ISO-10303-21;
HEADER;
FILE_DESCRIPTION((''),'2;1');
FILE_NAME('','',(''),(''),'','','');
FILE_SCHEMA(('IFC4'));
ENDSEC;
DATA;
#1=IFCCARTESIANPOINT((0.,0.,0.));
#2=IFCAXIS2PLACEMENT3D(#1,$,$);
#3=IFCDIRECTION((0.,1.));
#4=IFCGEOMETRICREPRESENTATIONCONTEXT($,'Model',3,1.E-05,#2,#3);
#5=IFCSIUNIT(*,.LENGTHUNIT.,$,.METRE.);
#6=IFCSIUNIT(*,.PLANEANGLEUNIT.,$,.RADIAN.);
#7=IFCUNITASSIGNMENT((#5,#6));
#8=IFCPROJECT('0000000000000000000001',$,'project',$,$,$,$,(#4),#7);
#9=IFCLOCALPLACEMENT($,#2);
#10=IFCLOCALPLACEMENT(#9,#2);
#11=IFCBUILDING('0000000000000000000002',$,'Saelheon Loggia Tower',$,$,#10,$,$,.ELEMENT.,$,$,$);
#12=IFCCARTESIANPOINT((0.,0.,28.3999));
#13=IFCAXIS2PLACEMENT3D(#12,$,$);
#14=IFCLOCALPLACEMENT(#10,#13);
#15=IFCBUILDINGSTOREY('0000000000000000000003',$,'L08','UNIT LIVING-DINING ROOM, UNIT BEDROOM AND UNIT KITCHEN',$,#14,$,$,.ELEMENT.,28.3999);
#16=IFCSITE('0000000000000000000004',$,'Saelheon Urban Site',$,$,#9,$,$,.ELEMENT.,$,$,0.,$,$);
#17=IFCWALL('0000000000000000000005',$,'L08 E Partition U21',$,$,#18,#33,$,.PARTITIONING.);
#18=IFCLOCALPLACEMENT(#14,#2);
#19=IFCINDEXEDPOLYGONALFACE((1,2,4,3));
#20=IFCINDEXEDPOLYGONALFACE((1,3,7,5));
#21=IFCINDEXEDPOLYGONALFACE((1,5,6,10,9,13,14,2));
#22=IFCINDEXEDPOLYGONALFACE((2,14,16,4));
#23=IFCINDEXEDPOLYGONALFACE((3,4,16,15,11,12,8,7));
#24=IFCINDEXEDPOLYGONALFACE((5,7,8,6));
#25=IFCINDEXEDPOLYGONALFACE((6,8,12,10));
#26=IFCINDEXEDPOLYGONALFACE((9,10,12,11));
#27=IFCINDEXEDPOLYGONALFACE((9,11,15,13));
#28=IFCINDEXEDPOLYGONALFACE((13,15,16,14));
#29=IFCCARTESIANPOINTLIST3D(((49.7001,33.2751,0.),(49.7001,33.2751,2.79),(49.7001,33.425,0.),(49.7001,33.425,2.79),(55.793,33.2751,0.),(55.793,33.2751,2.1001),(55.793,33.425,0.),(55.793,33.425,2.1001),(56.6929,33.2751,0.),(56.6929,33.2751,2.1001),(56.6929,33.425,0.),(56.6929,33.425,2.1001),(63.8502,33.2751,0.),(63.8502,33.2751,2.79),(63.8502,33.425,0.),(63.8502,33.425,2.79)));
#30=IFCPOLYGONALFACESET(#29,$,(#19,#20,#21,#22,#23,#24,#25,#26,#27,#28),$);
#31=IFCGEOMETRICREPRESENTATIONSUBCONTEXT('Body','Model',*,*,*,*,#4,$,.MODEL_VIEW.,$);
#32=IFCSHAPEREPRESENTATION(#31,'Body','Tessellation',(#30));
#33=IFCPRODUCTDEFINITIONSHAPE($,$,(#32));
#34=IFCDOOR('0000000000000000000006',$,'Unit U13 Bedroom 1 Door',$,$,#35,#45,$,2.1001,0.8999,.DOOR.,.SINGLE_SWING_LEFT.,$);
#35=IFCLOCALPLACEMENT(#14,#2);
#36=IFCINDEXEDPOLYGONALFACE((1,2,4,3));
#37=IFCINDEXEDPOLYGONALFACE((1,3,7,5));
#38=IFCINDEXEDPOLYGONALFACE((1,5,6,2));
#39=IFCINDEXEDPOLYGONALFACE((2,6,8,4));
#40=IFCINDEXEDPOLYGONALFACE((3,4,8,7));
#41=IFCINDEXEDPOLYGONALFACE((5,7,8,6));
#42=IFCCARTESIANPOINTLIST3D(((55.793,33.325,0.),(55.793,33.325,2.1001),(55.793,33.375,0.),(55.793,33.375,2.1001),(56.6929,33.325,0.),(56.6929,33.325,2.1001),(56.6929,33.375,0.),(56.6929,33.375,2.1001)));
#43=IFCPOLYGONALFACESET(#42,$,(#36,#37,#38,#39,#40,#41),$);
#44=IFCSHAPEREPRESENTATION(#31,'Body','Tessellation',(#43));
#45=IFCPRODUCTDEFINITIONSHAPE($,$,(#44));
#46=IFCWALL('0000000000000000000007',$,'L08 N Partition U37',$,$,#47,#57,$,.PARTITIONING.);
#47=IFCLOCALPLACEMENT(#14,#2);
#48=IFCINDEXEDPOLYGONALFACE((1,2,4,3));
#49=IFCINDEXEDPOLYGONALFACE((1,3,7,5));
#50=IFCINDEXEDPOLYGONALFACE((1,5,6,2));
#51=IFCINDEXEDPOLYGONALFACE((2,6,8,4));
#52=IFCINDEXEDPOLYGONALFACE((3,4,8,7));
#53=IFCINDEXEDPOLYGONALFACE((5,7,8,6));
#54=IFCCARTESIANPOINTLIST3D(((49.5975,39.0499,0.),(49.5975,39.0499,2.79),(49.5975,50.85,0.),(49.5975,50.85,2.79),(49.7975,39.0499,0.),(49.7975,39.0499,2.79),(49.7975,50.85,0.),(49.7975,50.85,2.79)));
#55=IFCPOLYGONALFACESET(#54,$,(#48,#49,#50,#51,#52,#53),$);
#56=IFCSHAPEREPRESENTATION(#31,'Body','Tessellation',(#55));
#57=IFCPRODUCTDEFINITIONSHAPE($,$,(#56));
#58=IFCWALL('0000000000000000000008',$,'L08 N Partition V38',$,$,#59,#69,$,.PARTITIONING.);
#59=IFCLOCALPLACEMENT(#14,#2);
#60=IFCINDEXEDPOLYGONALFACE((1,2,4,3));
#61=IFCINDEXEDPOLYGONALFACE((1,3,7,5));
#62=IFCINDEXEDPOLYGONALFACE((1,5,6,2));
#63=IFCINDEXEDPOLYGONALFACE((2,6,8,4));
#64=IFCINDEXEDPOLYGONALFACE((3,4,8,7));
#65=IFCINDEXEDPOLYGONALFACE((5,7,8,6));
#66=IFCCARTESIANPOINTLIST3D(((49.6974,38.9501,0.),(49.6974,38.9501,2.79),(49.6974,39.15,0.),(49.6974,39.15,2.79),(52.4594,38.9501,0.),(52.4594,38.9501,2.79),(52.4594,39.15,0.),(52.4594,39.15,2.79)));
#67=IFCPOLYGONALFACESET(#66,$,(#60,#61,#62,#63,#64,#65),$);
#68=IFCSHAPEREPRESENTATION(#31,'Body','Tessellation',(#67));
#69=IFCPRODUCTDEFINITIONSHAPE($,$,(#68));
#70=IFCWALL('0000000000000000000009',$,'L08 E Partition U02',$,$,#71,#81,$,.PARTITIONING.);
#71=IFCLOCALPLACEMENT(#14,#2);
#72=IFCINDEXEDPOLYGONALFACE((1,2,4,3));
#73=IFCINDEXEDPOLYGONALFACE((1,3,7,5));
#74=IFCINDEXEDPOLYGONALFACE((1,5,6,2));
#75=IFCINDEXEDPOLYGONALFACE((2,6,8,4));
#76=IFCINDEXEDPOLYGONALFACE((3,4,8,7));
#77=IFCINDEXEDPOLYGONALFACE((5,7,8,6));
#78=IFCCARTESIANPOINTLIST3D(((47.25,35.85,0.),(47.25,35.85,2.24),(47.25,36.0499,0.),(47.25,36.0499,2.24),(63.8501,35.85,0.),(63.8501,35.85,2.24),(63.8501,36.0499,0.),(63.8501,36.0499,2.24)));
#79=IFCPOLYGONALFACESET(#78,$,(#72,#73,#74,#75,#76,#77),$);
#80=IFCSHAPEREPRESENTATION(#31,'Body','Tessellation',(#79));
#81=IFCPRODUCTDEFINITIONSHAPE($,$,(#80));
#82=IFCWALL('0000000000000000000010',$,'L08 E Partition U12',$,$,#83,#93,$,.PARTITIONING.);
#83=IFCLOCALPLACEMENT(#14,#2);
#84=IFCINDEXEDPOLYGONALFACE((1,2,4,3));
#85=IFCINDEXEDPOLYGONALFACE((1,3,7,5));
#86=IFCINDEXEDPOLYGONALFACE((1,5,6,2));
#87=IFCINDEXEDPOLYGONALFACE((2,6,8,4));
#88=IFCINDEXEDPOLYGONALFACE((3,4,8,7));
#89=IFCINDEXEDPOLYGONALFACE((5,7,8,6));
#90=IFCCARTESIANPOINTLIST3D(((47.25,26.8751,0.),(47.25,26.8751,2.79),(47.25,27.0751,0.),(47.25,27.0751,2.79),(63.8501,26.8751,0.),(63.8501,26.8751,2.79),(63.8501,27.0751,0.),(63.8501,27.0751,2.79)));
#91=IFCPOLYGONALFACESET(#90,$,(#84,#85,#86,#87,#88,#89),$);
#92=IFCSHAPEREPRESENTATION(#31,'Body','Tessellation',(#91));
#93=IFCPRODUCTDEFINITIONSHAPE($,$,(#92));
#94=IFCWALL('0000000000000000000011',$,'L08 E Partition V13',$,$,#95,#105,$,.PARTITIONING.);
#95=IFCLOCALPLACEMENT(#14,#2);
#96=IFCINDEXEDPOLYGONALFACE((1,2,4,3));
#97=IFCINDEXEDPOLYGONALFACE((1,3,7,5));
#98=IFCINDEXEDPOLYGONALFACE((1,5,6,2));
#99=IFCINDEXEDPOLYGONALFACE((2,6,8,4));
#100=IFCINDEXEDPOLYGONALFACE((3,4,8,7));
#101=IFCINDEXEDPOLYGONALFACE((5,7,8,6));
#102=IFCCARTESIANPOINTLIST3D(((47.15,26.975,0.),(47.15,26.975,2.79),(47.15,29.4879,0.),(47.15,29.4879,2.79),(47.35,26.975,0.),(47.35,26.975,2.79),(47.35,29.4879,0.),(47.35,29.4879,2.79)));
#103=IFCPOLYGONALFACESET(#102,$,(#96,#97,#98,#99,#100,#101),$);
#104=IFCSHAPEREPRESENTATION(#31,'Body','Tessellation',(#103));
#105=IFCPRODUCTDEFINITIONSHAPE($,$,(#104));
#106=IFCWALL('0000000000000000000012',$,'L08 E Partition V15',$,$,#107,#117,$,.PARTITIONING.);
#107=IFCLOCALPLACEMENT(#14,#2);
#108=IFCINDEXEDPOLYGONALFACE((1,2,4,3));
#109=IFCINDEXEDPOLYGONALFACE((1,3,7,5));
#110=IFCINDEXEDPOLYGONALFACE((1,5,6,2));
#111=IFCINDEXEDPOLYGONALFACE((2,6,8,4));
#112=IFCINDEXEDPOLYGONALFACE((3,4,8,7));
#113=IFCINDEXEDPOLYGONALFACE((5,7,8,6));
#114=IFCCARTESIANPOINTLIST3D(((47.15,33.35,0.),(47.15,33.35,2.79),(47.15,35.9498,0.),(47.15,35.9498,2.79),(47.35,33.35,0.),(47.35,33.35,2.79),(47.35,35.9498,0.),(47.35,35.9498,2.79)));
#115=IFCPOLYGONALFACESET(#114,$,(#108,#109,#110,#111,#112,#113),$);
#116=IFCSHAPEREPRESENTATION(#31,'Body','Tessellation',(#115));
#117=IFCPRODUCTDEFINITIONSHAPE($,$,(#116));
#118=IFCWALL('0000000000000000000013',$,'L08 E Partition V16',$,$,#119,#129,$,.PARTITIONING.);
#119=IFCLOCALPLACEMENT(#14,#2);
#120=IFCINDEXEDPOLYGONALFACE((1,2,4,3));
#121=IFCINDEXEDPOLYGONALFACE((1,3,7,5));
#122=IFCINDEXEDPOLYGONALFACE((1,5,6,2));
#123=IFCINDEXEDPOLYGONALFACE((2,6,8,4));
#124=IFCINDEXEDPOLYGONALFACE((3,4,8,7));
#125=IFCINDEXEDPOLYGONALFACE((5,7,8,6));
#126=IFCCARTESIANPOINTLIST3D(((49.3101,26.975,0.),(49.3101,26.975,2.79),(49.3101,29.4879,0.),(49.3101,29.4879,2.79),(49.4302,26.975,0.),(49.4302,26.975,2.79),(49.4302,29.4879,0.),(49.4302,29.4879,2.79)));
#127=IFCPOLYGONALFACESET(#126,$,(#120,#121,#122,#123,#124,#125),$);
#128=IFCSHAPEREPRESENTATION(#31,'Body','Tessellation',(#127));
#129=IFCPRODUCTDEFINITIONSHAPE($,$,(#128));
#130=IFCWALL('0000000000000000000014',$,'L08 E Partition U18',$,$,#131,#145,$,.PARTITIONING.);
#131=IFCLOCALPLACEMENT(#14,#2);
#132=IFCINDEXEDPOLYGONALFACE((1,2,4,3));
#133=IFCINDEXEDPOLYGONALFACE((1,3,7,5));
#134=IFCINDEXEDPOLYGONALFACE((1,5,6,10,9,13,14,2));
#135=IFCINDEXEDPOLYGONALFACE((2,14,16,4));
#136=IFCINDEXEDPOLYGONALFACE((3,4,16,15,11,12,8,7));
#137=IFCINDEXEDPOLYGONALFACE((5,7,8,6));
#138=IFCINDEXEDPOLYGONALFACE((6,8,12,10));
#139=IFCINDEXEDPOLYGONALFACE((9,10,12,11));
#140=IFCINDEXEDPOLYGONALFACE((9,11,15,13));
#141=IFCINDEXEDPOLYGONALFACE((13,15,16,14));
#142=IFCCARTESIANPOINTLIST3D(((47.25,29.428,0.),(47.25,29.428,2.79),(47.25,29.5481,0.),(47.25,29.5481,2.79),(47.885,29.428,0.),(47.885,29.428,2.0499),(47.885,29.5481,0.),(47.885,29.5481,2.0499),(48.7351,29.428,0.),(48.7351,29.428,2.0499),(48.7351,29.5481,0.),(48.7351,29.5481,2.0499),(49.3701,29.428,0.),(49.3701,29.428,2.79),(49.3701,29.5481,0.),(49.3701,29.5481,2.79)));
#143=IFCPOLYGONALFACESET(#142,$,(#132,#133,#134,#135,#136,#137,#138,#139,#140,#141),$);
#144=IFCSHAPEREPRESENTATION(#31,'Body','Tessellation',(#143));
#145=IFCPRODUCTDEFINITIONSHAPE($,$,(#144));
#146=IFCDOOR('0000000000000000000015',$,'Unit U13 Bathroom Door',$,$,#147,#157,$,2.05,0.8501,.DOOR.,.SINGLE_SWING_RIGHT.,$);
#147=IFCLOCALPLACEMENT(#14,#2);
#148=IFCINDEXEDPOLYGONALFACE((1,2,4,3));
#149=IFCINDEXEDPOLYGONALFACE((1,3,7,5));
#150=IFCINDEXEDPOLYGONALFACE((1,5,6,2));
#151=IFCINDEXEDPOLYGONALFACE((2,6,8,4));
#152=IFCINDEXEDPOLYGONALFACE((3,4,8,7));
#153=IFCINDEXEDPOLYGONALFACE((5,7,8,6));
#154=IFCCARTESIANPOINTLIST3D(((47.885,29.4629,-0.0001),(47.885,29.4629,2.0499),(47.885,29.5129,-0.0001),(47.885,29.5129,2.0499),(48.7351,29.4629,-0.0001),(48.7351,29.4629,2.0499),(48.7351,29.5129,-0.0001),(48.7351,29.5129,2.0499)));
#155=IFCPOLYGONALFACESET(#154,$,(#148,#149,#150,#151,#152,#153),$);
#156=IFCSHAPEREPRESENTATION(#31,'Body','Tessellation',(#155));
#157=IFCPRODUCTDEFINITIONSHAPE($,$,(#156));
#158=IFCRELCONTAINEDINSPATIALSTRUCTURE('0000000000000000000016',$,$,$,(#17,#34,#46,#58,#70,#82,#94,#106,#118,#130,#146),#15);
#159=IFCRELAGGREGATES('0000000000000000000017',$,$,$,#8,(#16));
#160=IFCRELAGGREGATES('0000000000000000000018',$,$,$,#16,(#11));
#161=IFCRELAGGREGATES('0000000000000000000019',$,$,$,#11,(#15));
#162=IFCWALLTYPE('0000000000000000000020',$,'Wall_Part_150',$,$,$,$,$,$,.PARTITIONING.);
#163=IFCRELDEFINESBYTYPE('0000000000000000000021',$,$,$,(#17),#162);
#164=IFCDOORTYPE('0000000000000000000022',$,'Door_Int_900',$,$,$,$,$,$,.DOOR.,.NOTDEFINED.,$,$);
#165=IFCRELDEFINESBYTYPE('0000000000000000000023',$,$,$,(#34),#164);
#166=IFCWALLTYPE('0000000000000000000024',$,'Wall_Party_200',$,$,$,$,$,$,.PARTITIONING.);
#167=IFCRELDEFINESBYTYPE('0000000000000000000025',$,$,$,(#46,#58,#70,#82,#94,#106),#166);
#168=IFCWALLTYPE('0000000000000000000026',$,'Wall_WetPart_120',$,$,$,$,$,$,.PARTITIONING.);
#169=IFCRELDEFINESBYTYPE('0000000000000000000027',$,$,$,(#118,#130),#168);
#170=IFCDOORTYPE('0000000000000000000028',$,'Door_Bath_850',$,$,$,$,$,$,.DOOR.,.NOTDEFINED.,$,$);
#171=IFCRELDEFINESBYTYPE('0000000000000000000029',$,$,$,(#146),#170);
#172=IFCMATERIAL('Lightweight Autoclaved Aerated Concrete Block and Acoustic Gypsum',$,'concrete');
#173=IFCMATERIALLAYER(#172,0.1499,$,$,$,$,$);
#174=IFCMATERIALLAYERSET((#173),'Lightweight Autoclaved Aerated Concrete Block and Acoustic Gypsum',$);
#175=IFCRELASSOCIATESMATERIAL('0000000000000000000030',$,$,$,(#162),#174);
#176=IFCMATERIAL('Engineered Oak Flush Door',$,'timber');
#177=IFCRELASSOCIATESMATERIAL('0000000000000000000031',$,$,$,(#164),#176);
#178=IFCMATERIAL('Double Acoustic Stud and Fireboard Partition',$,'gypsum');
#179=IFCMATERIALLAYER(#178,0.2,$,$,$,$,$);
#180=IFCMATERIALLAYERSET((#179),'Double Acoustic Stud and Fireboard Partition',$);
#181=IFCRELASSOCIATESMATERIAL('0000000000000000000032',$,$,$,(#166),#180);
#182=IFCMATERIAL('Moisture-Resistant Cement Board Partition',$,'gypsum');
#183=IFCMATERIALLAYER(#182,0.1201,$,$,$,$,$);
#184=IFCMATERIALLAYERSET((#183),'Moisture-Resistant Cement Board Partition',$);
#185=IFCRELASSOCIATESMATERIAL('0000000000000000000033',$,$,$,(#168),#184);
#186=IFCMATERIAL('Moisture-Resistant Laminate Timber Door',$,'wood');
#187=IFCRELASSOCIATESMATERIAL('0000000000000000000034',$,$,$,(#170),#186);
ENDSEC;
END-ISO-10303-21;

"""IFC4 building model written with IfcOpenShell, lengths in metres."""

from ifc_helpers import new_model, si_unit, direction, frame, frame_2d, origin, place, context, subcontext, project, spatial, rectangle, extrude, source, transform, mapped, material, layer, layer_set, type_object, element, fill, save


model = new_model("IFC4")

# Units and contexts
model_context = context("Model", 3, precision=1e-05, world=origin(), true_north=direction((0.0, 1.0)))
body_context = subcontext(model_context, "Body", "Model", "MODEL_VIEW")
ifc_project = project(units=[si_unit("LENGTHUNIT", "METRE"), si_unit("PLANEANGLEUNIT", "RADIAN")], contexts=[model_context])

# Site, building, storey
site_placement = place(None, origin())
site = spatial("IfcSite", under=ifc_project, at=site_placement, Name="Saelheon Urban Site", CompositionType="ELEMENT", RefElevation=0.0)
building_placement = place(site_placement, origin())
building = spatial("IfcBuilding", under=site, at=building_placement, Name="Saelheon Loggia Tower", CompositionType="ELEMENT")
storey_placement = place(building_placement, frame((0.0, 0.0, 28.3999)))
storey = spatial("IfcBuildingStorey", under=building, at=storey_placement, Name="L08", Description="UNIT LIVING-DINING ROOM, UNIT BEDROOM AND UNIT KITCHEN", CompositionType="ELEMENT", Elevation=28.3999)

# Shared definitions
ifc_material_1 = material(Name="Lightweight Autoclaved Aerated Concrete Block and Acoustic Gypsum", Category="concrete")
ifc_layer_1 = layer(ifc_material_1, 0.1499)
ifc_layer_set_1 = layer_set([ifc_layer_1], Name="Lightweight Autoclaved Aerated Concrete Block and Acoustic Gypsum")
wall_type_1 = type_object("IfcWallType", Name="Wall_Part_150", PredefinedType="PARTITIONING", material=ifc_layer_set_1)
ifc_material_2 = material(Name="Engineered Oak Flush Door", Category="timber")
door_type_1 = type_object("IfcDoorType", Name="Door_Int_900", OperationType="NOTDEFINED", PredefinedType="DOOR", material=ifc_material_2)
shared_shape_1 = source(origin(), body_context, "Body", "SweptSolid", [
    extrude(rectangle(XDim=0.8999, YDim=2.1001, at=frame_2d((0.45, 1.05))), frame((0.0, 0.0249, 0.0), z_axis=(0.0, -1.0, 0.0), x_axis=(1.0, 0.0, 0.0)), (0.0, 0.0, 1.0), 0.05),
])

# Wall, opening, door
wall_1_placement = place(storey_placement, frame((49.7, 33.3501, 0.0), z_axis=(0.0, 0.0, 1.0), x_axis=(1.0, 0.0, 0.0)))
wall_1 = element("IfcWall", 1, at=wall_1_placement, inside=storey, type_object=wall_type_1, Name="L08 E Partition U21", PredefinedType="PARTITIONING", context=body_context, shape_type="SweptSolid", body=[
    extrude(rectangle(XDim=14.1501, YDim=0.1499, at=frame_2d((7.0752, 0.0))), origin(), (0.0, 0.0, 1.0), 2.79),
])
opening_1_placement = place(wall_1_placement, frame((6.093, 0.0, 0.0)))
opening_1 = element("IfcOpeningElement", 2, at=opening_1_placement, cuts=wall_1, PredefinedType="OPENING", context=body_context, shape_type="SweptSolid", body=[
    extrude(rectangle(XDim=0.8999, YDim=2.1001, at=frame_2d((0.45, 1.05))), frame((0.0, 0.0869, 0.0), z_axis=(0.0, -1.0, 0.0), x_axis=(1.0, 0.0, 0.0)), (0.0, 0.0, 1.0), 0.1738),
])
door_1_placement = place(opening_1_placement, origin())
door_1 = element("IfcDoor", 3, at=door_1_placement, inside=storey, type_object=door_type_1, Name="Unit U13 Bedroom 1 Door", OperationType="SINGLE_SWING_LEFT", OverallHeight=2.1001, OverallWidth=0.8999, PredefinedType="DOOR", context=body_context, shape_type="MappedRepresentation", body=[
    mapped(shared_shape_1, transform((0.0, 0.0, 0.0), scale=1.0)),
])
fill(opening_1, door_1)

# Walls
ifc_material_3 = material(Name="Double Acoustic Stud and Fireboard Partition", Category="gypsum")
ifc_layer_2 = layer(ifc_material_3, 0.2)
ifc_layer_set_2 = layer_set([ifc_layer_2], Name="Double Acoustic Stud and Fireboard Partition")
wall_type_2 = type_object("IfcWallType", Name="Wall_Party_200", PredefinedType="PARTITIONING", material=ifc_layer_set_2)
wall_2_placement = place(storey_placement, frame((49.6975, 39.05, 0.0), z_axis=(0.0, 0.0, 1.0), x_axis=(0.0, 1.0, 0.0)))
element("IfcWall", 4, at=wall_2_placement, inside=storey, type_object=wall_type_2, Name="L08 N Partition U37", PredefinedType="PARTITIONING", context=body_context, shape_type="SweptSolid", body=[
    extrude(rectangle(XDim=11.8, YDim=0.2, at=frame_2d((5.8999, 0.0))), origin(), (0.0, 0.0, 1.0), 2.79),
])
wall_3_placement = place(storey_placement, frame((49.6975, 39.05, 0.0), z_axis=(0.0, 0.0, 1.0), x_axis=(1.0, 0.0, 0.0)))
element("IfcWall", 5, at=wall_3_placement, inside=storey, type_object=wall_type_2, Name="L08 N Partition V38", PredefinedType="PARTITIONING", context=body_context, shape_type="SweptSolid", body=[
    extrude(rectangle(XDim=2.762, YDim=0.2, at=frame_2d((1.3809, 0.0))), origin(), (0.0, 0.0, 1.0), 2.79),
])
wall_4_placement = place(storey_placement, frame((47.25, 35.95, 0.0), z_axis=(0.0, 0.0, 1.0), x_axis=(1.0, 0.0, 0.0)))
element("IfcWall", 6, at=wall_4_placement, inside=storey, type_object=wall_type_2, Name="L08 E Partition U02", PredefinedType="PARTITIONING", context=body_context, shape_type="SweptSolid", body=[
    extrude(rectangle(XDim=16.6001, YDim=0.2, at=frame_2d((8.3, 0.0))), origin(), (0.0, 0.0, 1.0), 2.24),
])
wall_5_placement = place(storey_placement, frame((47.25, 26.9751, 0.0), z_axis=(0.0, 0.0, 1.0), x_axis=(1.0, 0.0, 0.0)))
element("IfcWall", 7, at=wall_5_placement, inside=storey, type_object=wall_type_2, Name="L08 E Partition U12", PredefinedType="PARTITIONING", context=body_context, shape_type="SweptSolid", body=[
    extrude(rectangle(XDim=16.6001, YDim=0.2, at=frame_2d((8.3, 0.0))), origin(), (0.0, 0.0, 1.0), 2.79),
])
wall_6_placement = place(storey_placement, frame((47.25, 26.9751, 0.0), z_axis=(0.0, 0.0, 1.0), x_axis=(0.0, 1.0, 0.0)))
element("IfcWall", 8, at=wall_6_placement, inside=storey, type_object=wall_type_2, Name="L08 E Partition V13", PredefinedType="PARTITIONING", context=body_context, shape_type="SweptSolid", body=[
    extrude(rectangle(XDim=2.5129, YDim=0.2, at=frame_2d((1.2563, 0.0))), origin(), (0.0, 0.0, 1.0), 2.79),
])

# Walls
wall_7_placement = place(storey_placement, frame((47.25, 33.3501, 0.0), z_axis=(0.0, 0.0, 1.0), x_axis=(0.0, 1.0, 0.0)))
element("IfcWall", 9, at=wall_7_placement, inside=storey, type_object=wall_type_2, Name="L08 E Partition V15", PredefinedType="PARTITIONING", context=body_context, shape_type="SweptSolid", body=[
    extrude(rectangle(XDim=2.5999, YDim=0.2, at=frame_2d((1.2998, 0.0))), origin(), (0.0, 0.0, 1.0), 2.79),
])
ifc_material_4 = material(Name="Moisture-Resistant Cement Board Partition", Category="gypsum")
ifc_layer_3 = layer(ifc_material_4, 0.1201)
ifc_layer_set_3 = layer_set([ifc_layer_3], Name="Moisture-Resistant Cement Board Partition")
wall_type_3 = type_object("IfcWallType", Name="Wall_WetPart_120", PredefinedType="PARTITIONING", material=ifc_layer_set_3)
wall_8_placement = place(storey_placement, frame((49.3701, 26.9751, 0.0), z_axis=(0.0, 0.0, 1.0), x_axis=(0.0, 1.0, 0.0)))
element("IfcWall", 10, at=wall_8_placement, inside=storey, type_object=wall_type_3, Name="L08 E Partition V16", PredefinedType="PARTITIONING", context=body_context, shape_type="SweptSolid", body=[
    extrude(rectangle(XDim=2.5129, YDim=0.1201, at=frame_2d((1.2563, 0.0))), origin(), (0.0, 0.0, 1.0), 2.79),
])

# Wall, opening, door
wall_9_placement = place(storey_placement, frame((47.25, 29.488, 0.0), z_axis=(0.0, 0.0, 1.0), x_axis=(1.0, 0.0, 0.0)))
wall_9 = element("IfcWall", 11, at=wall_9_placement, inside=storey, type_object=wall_type_3, Name="L08 E Partition U18", PredefinedType="PARTITIONING", context=body_context, shape_type="SweptSolid", body=[
    extrude(rectangle(XDim=2.1201, YDim=0.1201, at=frame_2d((1.0601, 0.0))), origin(), (0.0, 0.0, 1.0), 2.79),
])
opening_2_placement = place(wall_9_placement, frame((0.635, 0.0, 0.0)))
opening_2 = element("IfcOpeningElement", 12, at=opening_2_placement, cuts=wall_9, PredefinedType="OPENING", context=body_context, shape_type="SweptSolid", body=[
    extrude(rectangle(XDim=0.8501, YDim=2.05, at=frame_2d((0.425, 1.0249))), frame((0.0, 0.072, 0.0), z_axis=(0.0, -1.0, 0.0), x_axis=(1.0, 0.0, 0.0)), (0.0, 0.0, 1.0), 0.144),
])
ifc_material_5 = material(Name="Moisture-Resistant Laminate Timber Door", Category="wood")
door_type_2 = type_object("IfcDoorType", Name="Door_Bath_850", OperationType="NOTDEFINED", PredefinedType="DOOR", material=ifc_material_5)
shared_shape_2 = source(origin(), body_context, "Body", "SweptSolid", [
    extrude(rectangle(XDim=0.8501, YDim=2.05, at=frame_2d((0.425, 1.0249))), frame((0.0, 0.0249, 0.0), z_axis=(0.0, -1.0, 0.0), x_axis=(1.0, 0.0, 0.0)), (0.0, 0.0, 1.0), 0.05),
])
door_2_placement = place(opening_2_placement, origin())
door_2 = element("IfcDoor", 13, at=door_2_placement, inside=storey, type_object=door_type_2, Name="Unit U13 Bathroom Door", OperationType="SINGLE_SWING_RIGHT", OverallHeight=2.05, OverallWidth=0.8501, PredefinedType="DOOR", context=body_context, shape_type="MappedRepresentation", body=[
    mapped(shared_shape_2, transform((0.0, 0.0, 0.0), scale=1.0)),
])
fill(opening_2, door_2)

save(model, "model.ifc")
